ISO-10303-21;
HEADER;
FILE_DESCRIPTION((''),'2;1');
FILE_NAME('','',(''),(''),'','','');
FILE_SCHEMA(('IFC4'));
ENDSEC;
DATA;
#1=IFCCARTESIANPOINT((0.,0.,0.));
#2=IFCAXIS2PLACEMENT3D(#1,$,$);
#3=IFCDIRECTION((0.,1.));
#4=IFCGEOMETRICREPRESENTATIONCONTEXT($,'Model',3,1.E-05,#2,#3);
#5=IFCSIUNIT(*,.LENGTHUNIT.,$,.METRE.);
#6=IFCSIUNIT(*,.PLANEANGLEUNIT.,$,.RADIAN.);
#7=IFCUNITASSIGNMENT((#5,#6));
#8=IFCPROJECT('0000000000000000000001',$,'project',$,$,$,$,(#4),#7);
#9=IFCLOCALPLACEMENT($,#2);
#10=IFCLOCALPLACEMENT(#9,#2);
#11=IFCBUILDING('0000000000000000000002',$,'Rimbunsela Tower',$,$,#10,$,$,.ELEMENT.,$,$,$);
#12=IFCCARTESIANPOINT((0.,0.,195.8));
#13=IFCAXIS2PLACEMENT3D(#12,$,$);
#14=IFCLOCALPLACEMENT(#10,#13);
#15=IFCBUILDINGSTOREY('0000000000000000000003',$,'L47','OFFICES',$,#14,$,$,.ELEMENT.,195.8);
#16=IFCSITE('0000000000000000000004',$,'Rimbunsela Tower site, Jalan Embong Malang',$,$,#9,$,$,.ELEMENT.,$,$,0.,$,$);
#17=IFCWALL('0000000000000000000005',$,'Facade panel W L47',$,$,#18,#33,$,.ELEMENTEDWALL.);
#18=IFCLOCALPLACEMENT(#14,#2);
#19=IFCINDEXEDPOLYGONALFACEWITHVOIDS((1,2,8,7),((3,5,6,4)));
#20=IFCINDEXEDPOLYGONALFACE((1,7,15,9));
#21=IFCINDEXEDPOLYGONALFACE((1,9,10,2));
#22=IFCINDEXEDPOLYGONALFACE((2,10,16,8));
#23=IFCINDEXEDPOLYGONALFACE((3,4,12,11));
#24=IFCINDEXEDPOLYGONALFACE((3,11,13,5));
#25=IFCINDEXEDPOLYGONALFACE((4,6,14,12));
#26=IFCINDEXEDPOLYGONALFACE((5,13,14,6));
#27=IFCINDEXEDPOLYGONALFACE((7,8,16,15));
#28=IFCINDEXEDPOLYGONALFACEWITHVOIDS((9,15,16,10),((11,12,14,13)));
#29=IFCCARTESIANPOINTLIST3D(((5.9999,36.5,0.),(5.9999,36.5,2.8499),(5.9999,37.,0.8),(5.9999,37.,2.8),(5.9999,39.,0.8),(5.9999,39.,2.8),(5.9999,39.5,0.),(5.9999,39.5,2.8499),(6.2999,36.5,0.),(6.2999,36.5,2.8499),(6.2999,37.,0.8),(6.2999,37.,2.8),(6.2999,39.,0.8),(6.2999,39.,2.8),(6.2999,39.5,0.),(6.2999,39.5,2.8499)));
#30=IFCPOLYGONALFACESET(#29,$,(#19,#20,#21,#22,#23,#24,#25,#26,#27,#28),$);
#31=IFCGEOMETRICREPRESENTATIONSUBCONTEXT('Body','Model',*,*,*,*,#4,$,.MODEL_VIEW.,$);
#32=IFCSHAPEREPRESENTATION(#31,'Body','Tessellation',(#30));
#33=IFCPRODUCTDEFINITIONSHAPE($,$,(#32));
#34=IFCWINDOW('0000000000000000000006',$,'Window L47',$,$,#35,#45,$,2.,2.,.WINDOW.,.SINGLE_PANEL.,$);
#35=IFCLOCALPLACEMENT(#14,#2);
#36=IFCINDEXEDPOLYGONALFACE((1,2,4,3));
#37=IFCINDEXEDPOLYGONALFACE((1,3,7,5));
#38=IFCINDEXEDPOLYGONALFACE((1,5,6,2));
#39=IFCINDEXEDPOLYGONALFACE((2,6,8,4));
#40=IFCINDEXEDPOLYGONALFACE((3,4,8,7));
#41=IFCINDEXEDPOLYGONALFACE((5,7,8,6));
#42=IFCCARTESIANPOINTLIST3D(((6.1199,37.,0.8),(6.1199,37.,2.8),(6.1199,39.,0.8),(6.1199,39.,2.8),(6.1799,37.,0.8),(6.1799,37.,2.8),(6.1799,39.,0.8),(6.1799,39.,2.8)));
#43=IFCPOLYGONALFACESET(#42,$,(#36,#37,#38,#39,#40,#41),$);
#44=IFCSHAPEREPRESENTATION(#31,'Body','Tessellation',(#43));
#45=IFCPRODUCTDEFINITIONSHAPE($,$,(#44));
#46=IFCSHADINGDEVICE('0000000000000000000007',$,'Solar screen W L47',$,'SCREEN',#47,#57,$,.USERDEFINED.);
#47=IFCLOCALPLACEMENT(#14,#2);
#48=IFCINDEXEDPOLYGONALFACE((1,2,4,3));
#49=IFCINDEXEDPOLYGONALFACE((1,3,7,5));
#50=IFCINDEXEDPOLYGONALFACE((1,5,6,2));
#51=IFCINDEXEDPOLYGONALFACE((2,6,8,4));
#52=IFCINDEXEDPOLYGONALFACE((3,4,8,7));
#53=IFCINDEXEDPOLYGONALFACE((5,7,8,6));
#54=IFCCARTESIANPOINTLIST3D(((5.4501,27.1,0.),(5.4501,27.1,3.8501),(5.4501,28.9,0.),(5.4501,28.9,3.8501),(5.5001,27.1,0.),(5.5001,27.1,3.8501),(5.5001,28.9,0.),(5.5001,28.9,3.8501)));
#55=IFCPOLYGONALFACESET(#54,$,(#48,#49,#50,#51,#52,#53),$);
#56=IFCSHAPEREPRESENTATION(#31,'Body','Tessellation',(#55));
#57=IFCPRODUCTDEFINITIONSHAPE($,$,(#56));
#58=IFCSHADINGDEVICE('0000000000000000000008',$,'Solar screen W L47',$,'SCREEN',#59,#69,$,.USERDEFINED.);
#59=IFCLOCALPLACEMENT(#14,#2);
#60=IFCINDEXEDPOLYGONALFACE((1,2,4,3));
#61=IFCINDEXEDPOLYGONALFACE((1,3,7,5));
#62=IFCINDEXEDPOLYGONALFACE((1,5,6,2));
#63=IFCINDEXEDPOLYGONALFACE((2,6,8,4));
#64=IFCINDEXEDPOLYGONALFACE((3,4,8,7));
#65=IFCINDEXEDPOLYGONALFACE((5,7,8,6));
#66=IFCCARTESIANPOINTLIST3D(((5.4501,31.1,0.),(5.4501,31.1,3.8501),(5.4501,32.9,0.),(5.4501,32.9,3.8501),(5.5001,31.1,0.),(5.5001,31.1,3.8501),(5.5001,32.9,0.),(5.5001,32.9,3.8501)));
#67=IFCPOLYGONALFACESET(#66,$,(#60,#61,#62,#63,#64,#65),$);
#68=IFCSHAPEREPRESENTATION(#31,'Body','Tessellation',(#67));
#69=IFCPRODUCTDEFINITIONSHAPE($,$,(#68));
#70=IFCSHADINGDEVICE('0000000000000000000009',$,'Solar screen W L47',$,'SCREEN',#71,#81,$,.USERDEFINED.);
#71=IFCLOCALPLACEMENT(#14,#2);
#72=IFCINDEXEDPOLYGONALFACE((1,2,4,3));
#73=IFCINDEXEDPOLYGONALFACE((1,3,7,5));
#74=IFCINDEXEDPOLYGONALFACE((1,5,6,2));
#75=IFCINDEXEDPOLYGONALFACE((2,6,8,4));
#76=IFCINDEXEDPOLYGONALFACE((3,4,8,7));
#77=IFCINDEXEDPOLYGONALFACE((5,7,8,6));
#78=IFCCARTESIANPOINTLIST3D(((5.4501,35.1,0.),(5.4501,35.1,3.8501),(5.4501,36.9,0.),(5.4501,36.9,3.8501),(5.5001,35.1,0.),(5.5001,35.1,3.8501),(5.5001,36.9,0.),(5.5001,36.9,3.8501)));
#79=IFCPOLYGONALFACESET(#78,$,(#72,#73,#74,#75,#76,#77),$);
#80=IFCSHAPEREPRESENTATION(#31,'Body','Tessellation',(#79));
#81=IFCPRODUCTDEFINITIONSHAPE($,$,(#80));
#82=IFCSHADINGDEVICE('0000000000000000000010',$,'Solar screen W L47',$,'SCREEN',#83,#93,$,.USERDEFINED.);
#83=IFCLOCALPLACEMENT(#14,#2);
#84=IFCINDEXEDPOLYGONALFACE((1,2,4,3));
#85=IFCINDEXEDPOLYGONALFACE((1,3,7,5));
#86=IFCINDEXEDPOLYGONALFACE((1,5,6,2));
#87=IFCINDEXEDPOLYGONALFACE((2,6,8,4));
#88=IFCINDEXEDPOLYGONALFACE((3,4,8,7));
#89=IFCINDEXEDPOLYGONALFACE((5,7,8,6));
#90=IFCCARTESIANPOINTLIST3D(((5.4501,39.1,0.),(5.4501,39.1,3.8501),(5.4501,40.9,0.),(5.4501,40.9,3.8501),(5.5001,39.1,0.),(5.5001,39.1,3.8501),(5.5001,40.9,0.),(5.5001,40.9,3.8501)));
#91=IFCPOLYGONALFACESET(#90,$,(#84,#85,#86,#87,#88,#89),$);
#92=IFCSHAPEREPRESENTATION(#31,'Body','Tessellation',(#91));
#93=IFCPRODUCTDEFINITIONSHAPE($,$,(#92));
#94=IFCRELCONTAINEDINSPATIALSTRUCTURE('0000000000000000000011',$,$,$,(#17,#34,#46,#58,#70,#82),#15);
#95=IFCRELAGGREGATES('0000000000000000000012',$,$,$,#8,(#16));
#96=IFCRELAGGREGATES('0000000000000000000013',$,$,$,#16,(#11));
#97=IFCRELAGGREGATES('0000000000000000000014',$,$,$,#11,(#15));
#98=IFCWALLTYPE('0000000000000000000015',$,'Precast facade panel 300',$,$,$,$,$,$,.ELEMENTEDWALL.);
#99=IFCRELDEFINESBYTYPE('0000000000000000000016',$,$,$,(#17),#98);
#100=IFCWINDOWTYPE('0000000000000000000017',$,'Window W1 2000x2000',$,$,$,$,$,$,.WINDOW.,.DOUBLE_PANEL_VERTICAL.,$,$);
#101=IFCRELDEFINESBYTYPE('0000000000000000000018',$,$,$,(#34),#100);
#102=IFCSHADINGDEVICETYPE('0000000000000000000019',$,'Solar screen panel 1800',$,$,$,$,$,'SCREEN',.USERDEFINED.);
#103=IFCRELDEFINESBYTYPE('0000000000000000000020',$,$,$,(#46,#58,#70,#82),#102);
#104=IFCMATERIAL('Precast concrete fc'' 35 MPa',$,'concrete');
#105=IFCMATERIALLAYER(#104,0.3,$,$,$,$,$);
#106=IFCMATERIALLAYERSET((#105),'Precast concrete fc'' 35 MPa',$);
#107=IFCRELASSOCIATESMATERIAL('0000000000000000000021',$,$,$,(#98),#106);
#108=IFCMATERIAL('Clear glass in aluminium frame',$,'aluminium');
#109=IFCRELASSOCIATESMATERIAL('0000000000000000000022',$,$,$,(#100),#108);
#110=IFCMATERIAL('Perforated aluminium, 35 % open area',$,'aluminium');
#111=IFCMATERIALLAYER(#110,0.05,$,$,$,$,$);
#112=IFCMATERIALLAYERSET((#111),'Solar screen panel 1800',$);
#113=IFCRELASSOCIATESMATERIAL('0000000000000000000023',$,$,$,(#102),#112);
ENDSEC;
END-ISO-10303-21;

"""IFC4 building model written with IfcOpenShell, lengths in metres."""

from ifc_helpers import new_model, si_unit, direction, frame, frame_2d, origin, origin_2d, place, context, subcontext, project, spatial, rectangle, extrude, material, layer, layer_set, type_object, element, fill, save


model = new_model("IFC4")

# Units and contexts
model_context = context("Model", 3, precision=1e-05, world=origin(), true_north=direction((0.0, 1.0)))
body_context = subcontext(model_context, "Body", "Model", "MODEL_VIEW")
ifc_project = project(units=[si_unit("LENGTHUNIT", "METRE"), si_unit("PLANEANGLEUNIT", "RADIAN")], contexts=[model_context])

# Site, building, storey
site_placement = place(None, origin())
site = spatial("IfcSite", under=ifc_project, at=site_placement, Name="Rimbunsela Tower site, Jalan Embong Malang", CompositionType="ELEMENT", RefElevation=0.0)
building_placement = place(site_placement, origin())
building = spatial("IfcBuilding", under=site, at=building_placement, Name="Rimbunsela Tower", CompositionType="ELEMENT")
storey_placement = place(building_placement, frame((0.0, 0.0, 195.8)))
storey = spatial("IfcBuildingStorey", under=building, at=storey_placement, Name="L47", Description="OFFICES", CompositionType="ELEMENT", Elevation=195.8)

# Wall, opening, window
ifc_material_1 = material(Name="Precast concrete fc' 35 MPa", Category="concrete")
ifc_layer_1 = layer(ifc_material_1, 0.3)
ifc_layer_set_1 = layer_set([ifc_layer_1], Name="Precast concrete fc' 35 MPa")
wall_type = type_object("IfcWallType", Name="Precast facade panel 300", PredefinedType="ELEMENTEDWALL", material=ifc_layer_set_1)
ifc_material_2 = material(Name="Clear glass in aluminium frame", Category="aluminium")
window_type = type_object("IfcWindowType", Name="Window W1 2000x2000", PartitioningType="DOUBLE_PANEL_VERTICAL", PredefinedType="WINDOW", material=ifc_material_2)
wall_1_placement = place(storey_placement, frame((6.1499, 39.5, 0.0), z_axis=(0.0, 0.0, 1.0), x_axis=(0.0, -1.0, 0.0)))
wall_1 = element("IfcWall", 1, at=wall_1_placement, inside=storey, type_object=wall_type, Name="Facade panel W L47", PredefinedType="ELEMENTEDWALL", context=body_context, shape_type="SweptSolid", body=[
    extrude(rectangle(XDim=3.0, YDim=0.3, at=frame_2d((1.5, 0.0))), origin(), (0.0, 0.0, 1.0), 2.8499),
])
opening_1_placement = place(wall_1_placement, frame((0.5, 0.0, 0.8)))
opening_1 = element("IfcOpeningElement", 2, at=opening_1_placement, cuts=wall_1, PredefinedType="OPENING", context=body_context, shape_type="SweptSolid", body=[
    extrude(rectangle(XDim=2.0, YDim=2.0, at=frame_2d((1.0, 1.0))), frame((0.0, 0.1599, 0.0), z_axis=(0.0, -1.0, 0.0), x_axis=(1.0, 0.0, 0.0)), (0.0, 0.0, 1.0), 0.3201),
])
window_1_placement = place(opening_1_placement, origin())
window_1 = element("IfcWindow", 3, at=window_1_placement, inside=storey, type_object=window_type, Name="Window L47", OverallHeight=2.0, OverallWidth=2.0, PartitioningType="SINGLE_PANEL", PredefinedType="WINDOW", context=body_context, shape_type="SweptSolid", body=[
    extrude(rectangle(XDim=2.0, YDim=2.0, at=frame_2d((1.0, 1.0))), frame((0.0, 0.03, 0.0), z_axis=(0.0, -1.0, 0.0), x_axis=(1.0, 0.0, 0.0)), (0.0, 0.0, 1.0), 0.0601),
])
fill(opening_1, window_1)

# Shading devices
ifc_material_3 = material(Name="Perforated aluminium, 35 % open area", Category="aluminium")
ifc_layer_2 = layer(ifc_material_3, 0.05)
ifc_layer_set_2 = layer_set([ifc_layer_2], Name="Solar screen panel 1800")
shading_device_type = type_object("IfcShadingDeviceType", Name="Solar screen panel 1800", ElementType="SCREEN", PredefinedType="USERDEFINED", material=ifc_layer_set_2)
for number, where, z_axis, x_axis, name in (
    (4, (5.4751, 28.0, 0.0), (0.0, 0.0, 1.0), (0.0, 1.0, 0.0), "Solar screen W L47"),
    (5, (5.4751, 32.0, 0.0), (0.0, 0.0, 1.0), (0.0, 1.0, 0.0), "Solar screen W L47"),
    (6, (5.4751, 36.0, 0.0), (0.0, 0.0, 1.0), (0.0, 1.0, 0.0), "Solar screen W L47"),
    (7, (5.4751, 40.0, 0.0), (0.0, 0.0, 1.0), (0.0, 1.0, 0.0), "Solar screen W L47"),
):
    element("IfcShadingDevice", number, at=place(storey_placement, frame(where, z_axis=z_axis, x_axis=x_axis)), inside=storey, type_object=shading_device_type, Name=name, ObjectType="SCREEN", PredefinedType="USERDEFINED", context=body_context, shape_type="SweptSolid", body=[
        extrude(rectangle(XDim=1.8, YDim=0.05, at=origin_2d()), origin(), (0.0, 0.0, 1.0), 3.8501),
    ])

save(model, "model.ifc")
